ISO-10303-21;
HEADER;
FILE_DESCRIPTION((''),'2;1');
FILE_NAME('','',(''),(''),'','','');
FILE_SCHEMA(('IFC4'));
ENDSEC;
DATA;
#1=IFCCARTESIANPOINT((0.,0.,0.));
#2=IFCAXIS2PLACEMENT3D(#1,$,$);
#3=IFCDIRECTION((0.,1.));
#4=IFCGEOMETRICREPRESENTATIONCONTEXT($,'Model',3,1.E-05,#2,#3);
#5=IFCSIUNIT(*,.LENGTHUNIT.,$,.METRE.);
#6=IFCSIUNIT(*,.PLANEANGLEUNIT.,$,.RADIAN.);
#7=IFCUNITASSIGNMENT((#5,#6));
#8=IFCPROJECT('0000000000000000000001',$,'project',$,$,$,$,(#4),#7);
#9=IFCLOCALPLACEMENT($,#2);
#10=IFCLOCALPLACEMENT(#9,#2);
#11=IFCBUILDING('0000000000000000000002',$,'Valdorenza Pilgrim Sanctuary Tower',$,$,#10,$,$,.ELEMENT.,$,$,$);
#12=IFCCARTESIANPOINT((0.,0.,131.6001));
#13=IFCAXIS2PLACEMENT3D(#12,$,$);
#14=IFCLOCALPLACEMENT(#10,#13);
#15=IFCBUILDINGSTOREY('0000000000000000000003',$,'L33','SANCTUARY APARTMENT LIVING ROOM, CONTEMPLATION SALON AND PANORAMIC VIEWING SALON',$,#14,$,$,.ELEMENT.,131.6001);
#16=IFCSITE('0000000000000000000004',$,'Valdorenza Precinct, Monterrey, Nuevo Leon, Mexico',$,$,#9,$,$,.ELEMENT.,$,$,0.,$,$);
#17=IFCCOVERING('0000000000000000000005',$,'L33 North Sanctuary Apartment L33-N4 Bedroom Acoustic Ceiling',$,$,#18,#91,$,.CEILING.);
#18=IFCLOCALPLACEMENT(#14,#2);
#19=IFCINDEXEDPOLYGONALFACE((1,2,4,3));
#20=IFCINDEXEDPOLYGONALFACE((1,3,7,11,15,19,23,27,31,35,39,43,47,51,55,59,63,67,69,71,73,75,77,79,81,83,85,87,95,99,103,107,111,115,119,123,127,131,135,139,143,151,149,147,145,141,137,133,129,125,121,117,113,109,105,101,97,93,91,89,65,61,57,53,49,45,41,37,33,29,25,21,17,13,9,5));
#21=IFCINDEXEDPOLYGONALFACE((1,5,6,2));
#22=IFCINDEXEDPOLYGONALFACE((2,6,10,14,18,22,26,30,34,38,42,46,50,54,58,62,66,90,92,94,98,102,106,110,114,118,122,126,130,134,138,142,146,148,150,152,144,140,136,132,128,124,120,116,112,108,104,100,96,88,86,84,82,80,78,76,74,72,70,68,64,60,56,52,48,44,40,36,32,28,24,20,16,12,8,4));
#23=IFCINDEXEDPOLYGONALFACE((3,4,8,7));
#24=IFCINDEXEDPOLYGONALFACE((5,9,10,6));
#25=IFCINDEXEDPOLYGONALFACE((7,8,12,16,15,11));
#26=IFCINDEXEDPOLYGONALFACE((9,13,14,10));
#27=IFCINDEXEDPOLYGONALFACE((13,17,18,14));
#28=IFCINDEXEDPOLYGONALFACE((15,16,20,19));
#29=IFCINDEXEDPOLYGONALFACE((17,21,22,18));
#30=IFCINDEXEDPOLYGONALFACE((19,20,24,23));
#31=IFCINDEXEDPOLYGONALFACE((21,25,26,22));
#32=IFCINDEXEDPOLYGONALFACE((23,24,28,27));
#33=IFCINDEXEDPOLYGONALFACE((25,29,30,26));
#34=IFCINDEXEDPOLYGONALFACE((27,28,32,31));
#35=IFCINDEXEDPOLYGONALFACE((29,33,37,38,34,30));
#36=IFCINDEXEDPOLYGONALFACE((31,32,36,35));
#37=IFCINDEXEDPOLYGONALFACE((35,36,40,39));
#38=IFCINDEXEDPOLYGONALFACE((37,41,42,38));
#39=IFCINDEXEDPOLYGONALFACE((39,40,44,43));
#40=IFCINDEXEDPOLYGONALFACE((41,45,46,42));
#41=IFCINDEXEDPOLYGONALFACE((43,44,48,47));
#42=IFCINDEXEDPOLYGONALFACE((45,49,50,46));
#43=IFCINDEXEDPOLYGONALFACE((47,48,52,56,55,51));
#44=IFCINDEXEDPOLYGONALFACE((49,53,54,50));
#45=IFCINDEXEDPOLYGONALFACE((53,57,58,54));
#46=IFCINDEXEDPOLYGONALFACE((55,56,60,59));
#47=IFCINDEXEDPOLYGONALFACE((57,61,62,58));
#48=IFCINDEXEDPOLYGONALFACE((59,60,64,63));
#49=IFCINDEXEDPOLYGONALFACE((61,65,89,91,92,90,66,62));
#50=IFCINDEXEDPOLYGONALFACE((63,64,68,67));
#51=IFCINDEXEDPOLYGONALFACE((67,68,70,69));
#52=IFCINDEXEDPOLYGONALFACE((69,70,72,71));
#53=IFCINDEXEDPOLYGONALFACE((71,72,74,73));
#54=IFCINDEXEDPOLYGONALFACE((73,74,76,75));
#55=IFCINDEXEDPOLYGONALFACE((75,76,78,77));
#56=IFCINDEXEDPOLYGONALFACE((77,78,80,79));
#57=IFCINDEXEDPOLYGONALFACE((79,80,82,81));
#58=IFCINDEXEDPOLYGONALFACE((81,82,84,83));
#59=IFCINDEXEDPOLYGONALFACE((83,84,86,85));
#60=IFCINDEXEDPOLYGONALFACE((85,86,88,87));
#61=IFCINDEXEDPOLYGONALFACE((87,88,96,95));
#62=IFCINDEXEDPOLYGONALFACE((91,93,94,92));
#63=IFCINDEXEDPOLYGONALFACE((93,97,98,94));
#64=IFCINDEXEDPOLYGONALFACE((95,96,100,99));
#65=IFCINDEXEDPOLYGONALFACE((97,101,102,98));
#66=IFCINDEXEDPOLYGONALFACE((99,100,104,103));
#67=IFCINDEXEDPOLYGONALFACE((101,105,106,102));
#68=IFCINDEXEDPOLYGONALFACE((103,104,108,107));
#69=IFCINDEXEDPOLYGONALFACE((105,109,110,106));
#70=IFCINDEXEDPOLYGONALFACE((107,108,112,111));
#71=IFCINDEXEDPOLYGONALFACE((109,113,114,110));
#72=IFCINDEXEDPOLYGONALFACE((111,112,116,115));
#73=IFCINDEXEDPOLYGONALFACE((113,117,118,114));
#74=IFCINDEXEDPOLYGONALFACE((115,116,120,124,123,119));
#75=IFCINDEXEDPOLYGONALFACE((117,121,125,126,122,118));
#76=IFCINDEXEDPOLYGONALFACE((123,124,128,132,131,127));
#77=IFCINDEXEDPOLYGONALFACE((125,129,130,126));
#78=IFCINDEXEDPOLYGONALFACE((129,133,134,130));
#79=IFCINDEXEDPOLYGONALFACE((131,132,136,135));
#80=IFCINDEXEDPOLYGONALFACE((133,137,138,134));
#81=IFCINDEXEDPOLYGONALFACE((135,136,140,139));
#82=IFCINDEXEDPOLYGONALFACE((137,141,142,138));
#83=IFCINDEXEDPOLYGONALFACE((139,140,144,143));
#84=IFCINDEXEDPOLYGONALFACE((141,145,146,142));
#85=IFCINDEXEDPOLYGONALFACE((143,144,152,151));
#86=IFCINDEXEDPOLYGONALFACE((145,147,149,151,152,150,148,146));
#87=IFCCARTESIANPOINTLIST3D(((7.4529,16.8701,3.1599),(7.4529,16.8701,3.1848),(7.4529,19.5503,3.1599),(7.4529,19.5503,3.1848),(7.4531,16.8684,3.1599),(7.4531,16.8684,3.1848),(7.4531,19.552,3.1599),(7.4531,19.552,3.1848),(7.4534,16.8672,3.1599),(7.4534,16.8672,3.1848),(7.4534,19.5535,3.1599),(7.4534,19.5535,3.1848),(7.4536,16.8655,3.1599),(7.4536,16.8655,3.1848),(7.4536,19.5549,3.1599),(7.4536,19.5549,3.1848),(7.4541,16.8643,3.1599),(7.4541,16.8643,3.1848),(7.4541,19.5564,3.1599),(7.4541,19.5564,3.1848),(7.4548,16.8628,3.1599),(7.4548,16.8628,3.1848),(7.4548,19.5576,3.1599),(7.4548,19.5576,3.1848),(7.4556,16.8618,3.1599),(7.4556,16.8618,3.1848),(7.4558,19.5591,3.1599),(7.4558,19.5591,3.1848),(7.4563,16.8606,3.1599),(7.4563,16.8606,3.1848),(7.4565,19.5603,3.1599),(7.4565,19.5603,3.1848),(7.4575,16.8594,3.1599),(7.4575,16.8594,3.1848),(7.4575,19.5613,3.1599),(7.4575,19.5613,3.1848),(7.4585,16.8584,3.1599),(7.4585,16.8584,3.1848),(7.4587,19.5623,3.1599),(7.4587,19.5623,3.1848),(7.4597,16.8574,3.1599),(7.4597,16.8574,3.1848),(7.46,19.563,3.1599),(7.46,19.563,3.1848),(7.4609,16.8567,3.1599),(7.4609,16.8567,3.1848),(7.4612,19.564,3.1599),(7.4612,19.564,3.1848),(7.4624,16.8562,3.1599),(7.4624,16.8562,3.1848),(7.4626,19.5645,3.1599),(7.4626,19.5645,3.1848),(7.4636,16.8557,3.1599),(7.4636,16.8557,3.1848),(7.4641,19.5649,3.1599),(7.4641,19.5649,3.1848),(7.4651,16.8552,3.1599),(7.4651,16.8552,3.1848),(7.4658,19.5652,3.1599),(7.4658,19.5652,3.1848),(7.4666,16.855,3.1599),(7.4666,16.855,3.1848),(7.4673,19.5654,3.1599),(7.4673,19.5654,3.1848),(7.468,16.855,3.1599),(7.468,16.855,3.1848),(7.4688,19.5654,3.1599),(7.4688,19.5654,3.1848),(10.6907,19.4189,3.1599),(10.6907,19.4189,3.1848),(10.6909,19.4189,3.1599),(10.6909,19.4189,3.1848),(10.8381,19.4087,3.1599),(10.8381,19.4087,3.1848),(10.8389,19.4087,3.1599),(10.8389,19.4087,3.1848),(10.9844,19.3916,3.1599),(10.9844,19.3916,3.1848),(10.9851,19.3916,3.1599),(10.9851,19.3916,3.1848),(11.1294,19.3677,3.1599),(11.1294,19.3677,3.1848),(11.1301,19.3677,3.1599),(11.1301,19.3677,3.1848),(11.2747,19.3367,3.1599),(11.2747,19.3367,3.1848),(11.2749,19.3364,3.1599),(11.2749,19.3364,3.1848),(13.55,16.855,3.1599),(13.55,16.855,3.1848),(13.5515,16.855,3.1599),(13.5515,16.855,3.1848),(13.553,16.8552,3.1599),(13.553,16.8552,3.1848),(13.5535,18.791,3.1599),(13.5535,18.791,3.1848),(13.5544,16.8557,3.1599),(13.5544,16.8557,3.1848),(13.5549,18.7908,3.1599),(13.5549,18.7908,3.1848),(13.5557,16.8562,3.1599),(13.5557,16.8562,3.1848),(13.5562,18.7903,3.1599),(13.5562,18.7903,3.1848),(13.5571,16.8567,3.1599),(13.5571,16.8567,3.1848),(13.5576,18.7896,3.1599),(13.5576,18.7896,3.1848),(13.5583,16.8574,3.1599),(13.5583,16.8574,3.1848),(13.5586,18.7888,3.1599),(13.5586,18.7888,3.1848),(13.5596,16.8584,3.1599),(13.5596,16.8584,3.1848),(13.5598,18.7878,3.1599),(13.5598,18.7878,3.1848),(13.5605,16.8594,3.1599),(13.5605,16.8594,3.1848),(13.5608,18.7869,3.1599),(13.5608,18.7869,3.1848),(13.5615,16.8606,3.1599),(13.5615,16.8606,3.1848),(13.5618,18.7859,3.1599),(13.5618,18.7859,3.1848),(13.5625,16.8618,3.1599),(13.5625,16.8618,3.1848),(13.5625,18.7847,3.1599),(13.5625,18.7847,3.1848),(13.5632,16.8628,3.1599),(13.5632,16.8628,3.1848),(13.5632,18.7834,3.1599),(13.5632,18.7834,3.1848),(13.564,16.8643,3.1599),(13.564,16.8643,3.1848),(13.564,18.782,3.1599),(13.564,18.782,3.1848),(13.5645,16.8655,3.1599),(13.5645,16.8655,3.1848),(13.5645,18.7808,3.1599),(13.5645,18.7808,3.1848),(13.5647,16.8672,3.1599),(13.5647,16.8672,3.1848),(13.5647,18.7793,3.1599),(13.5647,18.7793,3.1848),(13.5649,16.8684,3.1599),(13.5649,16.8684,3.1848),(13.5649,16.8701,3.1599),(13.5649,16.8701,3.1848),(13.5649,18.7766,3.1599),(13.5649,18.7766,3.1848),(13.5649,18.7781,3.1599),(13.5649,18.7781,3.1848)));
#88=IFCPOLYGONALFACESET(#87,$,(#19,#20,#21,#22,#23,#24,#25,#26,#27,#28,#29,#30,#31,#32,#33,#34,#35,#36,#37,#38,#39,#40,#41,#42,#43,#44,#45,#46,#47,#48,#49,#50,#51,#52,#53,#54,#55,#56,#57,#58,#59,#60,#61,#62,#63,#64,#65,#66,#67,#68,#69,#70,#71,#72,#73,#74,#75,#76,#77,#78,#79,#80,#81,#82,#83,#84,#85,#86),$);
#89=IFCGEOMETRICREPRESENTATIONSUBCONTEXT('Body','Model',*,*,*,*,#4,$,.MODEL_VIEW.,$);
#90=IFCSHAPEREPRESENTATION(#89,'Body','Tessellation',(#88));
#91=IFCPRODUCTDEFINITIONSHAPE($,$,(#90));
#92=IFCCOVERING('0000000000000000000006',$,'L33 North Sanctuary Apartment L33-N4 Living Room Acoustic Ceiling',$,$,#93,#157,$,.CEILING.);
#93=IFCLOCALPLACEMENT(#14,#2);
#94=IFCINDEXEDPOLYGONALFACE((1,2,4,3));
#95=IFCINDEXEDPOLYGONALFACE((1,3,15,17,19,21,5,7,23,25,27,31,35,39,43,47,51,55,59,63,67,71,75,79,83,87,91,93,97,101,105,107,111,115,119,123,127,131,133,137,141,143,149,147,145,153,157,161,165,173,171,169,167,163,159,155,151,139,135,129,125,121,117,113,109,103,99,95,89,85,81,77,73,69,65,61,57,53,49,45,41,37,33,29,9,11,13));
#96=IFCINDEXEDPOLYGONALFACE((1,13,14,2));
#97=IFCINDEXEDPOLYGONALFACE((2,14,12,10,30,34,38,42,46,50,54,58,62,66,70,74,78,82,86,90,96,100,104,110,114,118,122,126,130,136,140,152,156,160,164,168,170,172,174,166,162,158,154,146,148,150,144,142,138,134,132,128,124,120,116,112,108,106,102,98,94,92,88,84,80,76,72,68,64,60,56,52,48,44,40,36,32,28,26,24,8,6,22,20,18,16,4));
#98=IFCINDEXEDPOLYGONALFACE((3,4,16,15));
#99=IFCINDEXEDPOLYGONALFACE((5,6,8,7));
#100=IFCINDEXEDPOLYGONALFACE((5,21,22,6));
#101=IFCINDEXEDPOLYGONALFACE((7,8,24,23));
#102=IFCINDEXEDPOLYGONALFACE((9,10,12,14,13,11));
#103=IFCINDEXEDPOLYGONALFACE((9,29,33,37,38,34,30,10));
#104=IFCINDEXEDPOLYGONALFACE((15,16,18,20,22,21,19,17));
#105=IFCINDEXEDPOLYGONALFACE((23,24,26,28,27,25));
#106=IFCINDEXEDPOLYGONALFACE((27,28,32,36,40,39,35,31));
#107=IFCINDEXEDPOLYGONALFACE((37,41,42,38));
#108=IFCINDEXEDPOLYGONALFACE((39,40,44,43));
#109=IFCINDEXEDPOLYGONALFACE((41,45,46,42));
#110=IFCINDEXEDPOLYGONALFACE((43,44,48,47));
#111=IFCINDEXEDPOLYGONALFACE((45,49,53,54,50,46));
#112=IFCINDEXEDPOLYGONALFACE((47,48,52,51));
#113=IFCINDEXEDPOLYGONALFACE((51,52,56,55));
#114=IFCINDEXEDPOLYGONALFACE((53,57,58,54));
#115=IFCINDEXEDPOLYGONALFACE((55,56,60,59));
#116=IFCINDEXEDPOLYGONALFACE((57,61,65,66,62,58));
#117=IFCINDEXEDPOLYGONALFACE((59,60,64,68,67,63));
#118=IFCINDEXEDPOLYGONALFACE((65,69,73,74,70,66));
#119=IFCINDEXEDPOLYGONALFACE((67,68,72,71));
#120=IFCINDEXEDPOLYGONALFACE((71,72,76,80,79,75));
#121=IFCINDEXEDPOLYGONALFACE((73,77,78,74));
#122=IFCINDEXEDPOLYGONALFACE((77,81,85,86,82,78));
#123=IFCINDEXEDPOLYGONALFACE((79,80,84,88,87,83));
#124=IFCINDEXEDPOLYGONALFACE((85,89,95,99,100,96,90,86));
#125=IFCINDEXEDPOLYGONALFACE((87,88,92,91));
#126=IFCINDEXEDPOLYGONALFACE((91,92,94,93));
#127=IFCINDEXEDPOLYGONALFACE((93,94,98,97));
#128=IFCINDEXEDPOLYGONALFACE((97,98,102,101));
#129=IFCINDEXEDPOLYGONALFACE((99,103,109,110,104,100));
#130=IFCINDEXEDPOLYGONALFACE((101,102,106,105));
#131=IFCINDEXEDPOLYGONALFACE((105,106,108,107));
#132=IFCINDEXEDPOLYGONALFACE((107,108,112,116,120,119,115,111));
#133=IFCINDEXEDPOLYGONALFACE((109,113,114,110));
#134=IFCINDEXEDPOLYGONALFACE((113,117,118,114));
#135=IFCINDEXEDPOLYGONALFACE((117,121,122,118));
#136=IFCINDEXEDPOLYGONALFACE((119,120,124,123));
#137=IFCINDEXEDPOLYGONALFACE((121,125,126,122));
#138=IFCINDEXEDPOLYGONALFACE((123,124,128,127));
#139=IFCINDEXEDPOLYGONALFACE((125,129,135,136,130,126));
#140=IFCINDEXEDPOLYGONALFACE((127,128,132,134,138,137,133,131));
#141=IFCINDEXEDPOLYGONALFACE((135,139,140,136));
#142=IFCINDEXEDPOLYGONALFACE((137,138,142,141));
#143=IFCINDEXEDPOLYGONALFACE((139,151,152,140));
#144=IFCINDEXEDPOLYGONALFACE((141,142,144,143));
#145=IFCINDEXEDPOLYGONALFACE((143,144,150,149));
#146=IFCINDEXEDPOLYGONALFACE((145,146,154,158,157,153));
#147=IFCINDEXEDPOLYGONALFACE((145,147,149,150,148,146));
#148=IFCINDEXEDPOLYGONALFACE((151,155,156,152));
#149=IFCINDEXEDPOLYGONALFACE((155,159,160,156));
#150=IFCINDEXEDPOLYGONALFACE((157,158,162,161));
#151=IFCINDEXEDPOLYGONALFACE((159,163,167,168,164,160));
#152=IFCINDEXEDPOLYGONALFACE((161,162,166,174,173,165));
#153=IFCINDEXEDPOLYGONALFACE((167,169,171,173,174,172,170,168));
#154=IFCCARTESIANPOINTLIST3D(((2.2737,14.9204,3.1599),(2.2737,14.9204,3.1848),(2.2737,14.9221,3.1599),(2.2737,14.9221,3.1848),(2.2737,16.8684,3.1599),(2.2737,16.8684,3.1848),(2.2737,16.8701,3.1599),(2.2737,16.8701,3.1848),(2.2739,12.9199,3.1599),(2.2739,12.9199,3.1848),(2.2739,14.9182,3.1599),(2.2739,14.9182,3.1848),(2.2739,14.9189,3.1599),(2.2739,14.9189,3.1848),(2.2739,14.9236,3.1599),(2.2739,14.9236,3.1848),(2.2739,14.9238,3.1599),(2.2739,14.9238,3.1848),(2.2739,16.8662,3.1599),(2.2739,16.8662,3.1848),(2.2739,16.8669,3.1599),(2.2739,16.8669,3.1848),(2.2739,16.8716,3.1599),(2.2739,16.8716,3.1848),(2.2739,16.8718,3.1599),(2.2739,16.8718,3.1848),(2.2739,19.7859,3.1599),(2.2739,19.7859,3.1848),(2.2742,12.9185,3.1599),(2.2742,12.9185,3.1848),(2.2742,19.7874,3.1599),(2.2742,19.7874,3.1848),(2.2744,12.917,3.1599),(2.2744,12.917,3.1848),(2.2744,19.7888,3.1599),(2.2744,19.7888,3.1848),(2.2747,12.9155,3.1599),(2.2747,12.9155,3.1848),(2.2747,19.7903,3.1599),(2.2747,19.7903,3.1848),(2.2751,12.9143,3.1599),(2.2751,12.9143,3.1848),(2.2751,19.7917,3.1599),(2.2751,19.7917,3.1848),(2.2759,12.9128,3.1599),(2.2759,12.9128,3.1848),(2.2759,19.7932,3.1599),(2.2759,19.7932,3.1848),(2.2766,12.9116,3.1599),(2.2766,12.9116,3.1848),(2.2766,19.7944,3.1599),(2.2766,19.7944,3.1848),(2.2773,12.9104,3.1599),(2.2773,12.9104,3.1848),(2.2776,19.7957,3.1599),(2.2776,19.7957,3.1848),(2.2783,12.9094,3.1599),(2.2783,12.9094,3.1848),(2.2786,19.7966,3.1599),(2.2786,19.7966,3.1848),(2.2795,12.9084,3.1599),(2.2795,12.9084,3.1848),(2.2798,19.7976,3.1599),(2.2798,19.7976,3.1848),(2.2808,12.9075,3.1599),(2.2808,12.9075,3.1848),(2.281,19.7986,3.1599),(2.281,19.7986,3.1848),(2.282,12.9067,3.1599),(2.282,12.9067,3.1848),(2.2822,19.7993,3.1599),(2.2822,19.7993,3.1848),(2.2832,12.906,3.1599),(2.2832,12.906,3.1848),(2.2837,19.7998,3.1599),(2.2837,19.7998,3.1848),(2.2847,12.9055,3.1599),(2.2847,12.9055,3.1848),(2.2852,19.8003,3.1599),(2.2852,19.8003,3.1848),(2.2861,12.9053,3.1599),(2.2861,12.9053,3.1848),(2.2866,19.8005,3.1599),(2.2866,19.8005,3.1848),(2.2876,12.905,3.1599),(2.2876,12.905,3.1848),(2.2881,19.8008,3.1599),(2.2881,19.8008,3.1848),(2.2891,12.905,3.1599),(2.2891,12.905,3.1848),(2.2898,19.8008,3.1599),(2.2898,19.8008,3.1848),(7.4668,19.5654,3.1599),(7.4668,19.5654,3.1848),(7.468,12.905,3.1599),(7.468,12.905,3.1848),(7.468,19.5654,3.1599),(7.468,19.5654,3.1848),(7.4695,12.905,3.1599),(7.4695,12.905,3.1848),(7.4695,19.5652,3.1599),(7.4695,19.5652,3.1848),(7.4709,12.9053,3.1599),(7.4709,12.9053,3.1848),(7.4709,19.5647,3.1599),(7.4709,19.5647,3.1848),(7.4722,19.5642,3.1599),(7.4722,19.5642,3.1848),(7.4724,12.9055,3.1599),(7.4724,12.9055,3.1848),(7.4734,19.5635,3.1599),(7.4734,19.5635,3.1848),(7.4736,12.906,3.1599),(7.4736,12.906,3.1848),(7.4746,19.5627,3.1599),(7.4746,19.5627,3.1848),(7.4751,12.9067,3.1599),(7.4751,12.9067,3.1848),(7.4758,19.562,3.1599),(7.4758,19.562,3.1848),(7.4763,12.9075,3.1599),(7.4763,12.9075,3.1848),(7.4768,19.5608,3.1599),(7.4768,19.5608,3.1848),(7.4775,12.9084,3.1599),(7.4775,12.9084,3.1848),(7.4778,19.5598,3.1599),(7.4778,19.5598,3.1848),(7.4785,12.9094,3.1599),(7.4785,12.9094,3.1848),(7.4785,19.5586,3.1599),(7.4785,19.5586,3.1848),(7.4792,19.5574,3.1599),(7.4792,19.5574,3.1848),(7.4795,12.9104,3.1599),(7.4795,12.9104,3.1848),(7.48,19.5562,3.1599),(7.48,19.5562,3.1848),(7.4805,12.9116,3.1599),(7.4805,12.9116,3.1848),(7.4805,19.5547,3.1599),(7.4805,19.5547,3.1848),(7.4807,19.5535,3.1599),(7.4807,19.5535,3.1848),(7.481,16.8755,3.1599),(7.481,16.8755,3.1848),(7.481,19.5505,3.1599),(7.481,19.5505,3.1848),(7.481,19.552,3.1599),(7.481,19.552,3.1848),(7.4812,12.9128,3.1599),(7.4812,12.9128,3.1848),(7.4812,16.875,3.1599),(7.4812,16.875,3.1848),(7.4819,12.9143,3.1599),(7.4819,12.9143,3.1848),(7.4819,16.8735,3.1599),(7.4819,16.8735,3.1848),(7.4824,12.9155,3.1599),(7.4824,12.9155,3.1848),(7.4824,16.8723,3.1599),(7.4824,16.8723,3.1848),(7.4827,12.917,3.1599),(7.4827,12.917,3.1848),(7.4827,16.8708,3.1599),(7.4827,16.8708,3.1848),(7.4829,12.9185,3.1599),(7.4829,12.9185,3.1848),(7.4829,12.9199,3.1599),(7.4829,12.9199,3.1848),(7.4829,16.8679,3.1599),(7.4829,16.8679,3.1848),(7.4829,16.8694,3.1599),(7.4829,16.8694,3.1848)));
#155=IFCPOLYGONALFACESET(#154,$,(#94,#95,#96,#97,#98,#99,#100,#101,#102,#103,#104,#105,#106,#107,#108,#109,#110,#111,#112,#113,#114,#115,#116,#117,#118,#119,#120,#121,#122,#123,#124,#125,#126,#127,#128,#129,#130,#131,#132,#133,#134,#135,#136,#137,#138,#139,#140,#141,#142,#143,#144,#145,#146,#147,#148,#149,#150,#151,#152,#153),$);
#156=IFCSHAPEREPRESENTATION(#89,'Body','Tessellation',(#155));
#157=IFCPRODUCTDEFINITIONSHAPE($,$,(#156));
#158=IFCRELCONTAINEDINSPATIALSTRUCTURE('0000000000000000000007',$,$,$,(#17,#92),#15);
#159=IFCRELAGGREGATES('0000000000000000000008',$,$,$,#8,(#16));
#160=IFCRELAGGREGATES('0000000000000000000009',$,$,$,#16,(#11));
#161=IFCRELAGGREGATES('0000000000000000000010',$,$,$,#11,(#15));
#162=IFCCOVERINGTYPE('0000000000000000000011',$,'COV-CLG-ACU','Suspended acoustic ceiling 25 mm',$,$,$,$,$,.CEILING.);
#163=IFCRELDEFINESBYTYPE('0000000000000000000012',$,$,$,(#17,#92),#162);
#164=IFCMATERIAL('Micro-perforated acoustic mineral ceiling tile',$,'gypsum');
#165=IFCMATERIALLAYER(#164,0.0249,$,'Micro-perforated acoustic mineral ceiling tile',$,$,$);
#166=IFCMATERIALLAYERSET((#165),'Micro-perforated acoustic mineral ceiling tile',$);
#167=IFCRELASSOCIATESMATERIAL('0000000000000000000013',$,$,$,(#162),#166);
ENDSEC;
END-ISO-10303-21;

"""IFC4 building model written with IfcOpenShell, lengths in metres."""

from ifc_helpers import new_model, si_unit, direction, frame, origin, place, context, subcontext, project, spatial, polyline, outline, extrude, material, layer, layer_set, type_object, element, save


model = new_model("IFC4")

# Units and contexts
model_context = context("Model", 3, precision=1e-05, world=origin(), true_north=direction((0.0, 1.0)))
body_context = subcontext(model_context, "Body", "Model", "MODEL_VIEW")
ifc_project = project(units=[si_unit("LENGTHUNIT", "METRE"), si_unit("PLANEANGLEUNIT", "RADIAN")], contexts=[model_context])

# Site, building, storey
site_placement = place(None, origin())
site = spatial("IfcSite", under=ifc_project, at=site_placement, Name="Valdorenza Precinct, Monterrey, Nuevo Leon, Mexico", CompositionType="ELEMENT", RefElevation=0.0)
building_placement = place(site_placement, origin())
building = spatial("IfcBuilding", under=site, at=building_placement, Name="Valdorenza Pilgrim Sanctuary Tower", CompositionType="ELEMENT")
storey_placement = place(building_placement, frame((0.0, 0.0, 131.6001)))
storey = spatial("IfcBuildingStorey", under=building, at=storey_placement, Name="L33", Description="SANCTUARY APARTMENT LIVING ROOM, CONTEMPLATION SALON AND PANORAMIC VIEWING SALON", CompositionType="ELEMENT", Elevation=131.6001)

# Coverings
ifc_material_1 = material(Name="Micro-perforated acoustic mineral ceiling tile", Category="gypsum")
ifc_layer_1 = layer(ifc_material_1, 0.0249, Name="Micro-perforated acoustic mineral ceiling tile")
ifc_layer_set_1 = layer_set([ifc_layer_1], Name="Micro-perforated acoustic mineral ceiling tile")
covering_type_1 = type_object("IfcCoveringType", Name="COV-CLG-ACU", Description="Suspended acoustic ceiling 25 mm", PredefinedType="CEILING", material=ifc_layer_set_1)
covering_1_placement = place(storey_placement, frame((0.0, 0.0, 3.1599)))
element("IfcCovering", 1, at=covering_1_placement, inside=storey, type_object=covering_type_1, Name="L33 North Sanctuary Apartment L33-N4 Bedroom Acoustic Ceiling", PredefinedType="CEILING", context=body_context, shape_type="SweptSolid", body=[
    extrude(outline(polyline([(7.468, 16.855), (7.4666, 16.855), (7.4651, 16.8552), (7.4636, 16.8557), (7.4624, 16.8562), (7.4609, 16.8567), (7.4597, 16.8574), (7.4585, 16.8584), (7.4575, 16.8594), (7.4563, 16.8606), (7.4556, 16.8618), (7.4548, 16.8628), (7.4541, 16.8643), (7.4536, 16.8655), (7.4534, 16.8672), (7.4531, 16.8684), (7.4529, 16.8701), (7.4529, 19.5503), (7.4531, 19.552), (7.4534, 19.5535), (7.4536, 19.5549), (7.4541, 19.5564), (7.4548, 19.5576), (7.4558, 19.5591), (7.4565, 19.5603), (7.4575, 19.5613), (7.4587, 19.5623), (7.46, 19.563), (7.4612, 19.564), (7.4626, 19.5645), (7.4641, 19.5649), (7.4658, 19.5652), (7.4673, 19.5654), (7.4688, 19.5654), (10.6907, 19.4189), (10.6909, 19.4189), (10.8381, 19.4087), (10.8389, 19.4087), (10.9844, 19.3916), (10.9851, 19.3916), (11.1294, 19.3677), (11.1301, 19.3677), (11.2747, 19.3367), (11.2749, 19.3364), (13.5535, 18.791), (13.5549, 18.7908), (13.5562, 18.7903), (13.5576, 18.7896), (13.5586, 18.7888), (13.5598, 18.7878), (13.5608, 18.7869), (13.5618, 18.7859), (13.5625, 18.7847), (13.5632, 18.7834), (13.564, 18.782), (13.5645, 18.7808), (13.5647, 18.7793), (13.5649, 18.7781), (13.5649, 18.7766), (13.5649, 16.8701), (13.5649, 16.8684), (13.5647, 16.8672), (13.5645, 16.8655), (13.564, 16.8643), (13.5632, 16.8628), (13.5625, 16.8618), (13.5615, 16.8606), (13.5605, 16.8594), (13.5596, 16.8584), (13.5583, 16.8574), (13.5571, 16.8567), (13.5557, 16.8562), (13.5544, 16.8557), (13.553, 16.8552), (13.5515, 16.855), (13.55, 16.855), (7.468, 16.855)])), origin(), (0.0, 0.0, 1.0), 0.0249),
])
covering_2_placement = place(storey_placement, frame((0.0, 0.0, 3.1599)))
element("IfcCovering", 2, at=covering_2_placement, inside=storey, type_object=covering_type_1, Name="L33 North Sanctuary Apartment L33-N4 Living Room Acoustic Ceiling", PredefinedType="CEILING", context=body_context, shape_type="SweptSolid", body=[
    extrude(outline(polyline([(2.2739, 14.9182), (2.2739, 14.9189), (2.2737, 14.9204), (2.2737, 14.9221), (2.2739, 14.9236), (2.2739, 14.9238), (2.2739, 16.8662), (2.2739, 16.8669), (2.2737, 16.8684), (2.2737, 16.8701), (2.2739, 16.8716), (2.2739, 16.8718), (2.2739, 19.7859), (2.2742, 19.7874), (2.2744, 19.7888), (2.2747, 19.7903), (2.2751, 19.7917), (2.2759, 19.7932), (2.2766, 19.7944), (2.2776, 19.7957), (2.2786, 19.7966), (2.2798, 19.7976), (2.281, 19.7986), (2.2822, 19.7993), (2.2837, 19.7998), (2.2852, 19.8003), (2.2866, 19.8005), (2.2881, 19.8008), (2.2898, 19.8008), (7.4668, 19.5654), (7.468, 19.5654), (7.4695, 19.5652), (7.4709, 19.5647), (7.4722, 19.5642), (7.4734, 19.5635), (7.4746, 19.5627), (7.4758, 19.562), (7.4768, 19.5608), (7.4778, 19.5598), (7.4785, 19.5586), (7.4792, 19.5574), (7.48, 19.5562), (7.4805, 19.5547), (7.4807, 19.5535), (7.481, 19.552), (7.481, 19.5505), (7.481, 16.8755), (7.4812, 16.875), (7.4819, 16.8735), (7.4824, 16.8723), (7.4827, 16.8708), (7.4829, 16.8694), (7.4829, 16.8679), (7.4829, 12.9199), (7.4829, 12.9185), (7.4827, 12.917), (7.4824, 12.9155), (7.4819, 12.9143), (7.4812, 12.9128), (7.4805, 12.9116), (7.4795, 12.9104), (7.4785, 12.9094), (7.4775, 12.9084), (7.4763, 12.9075), (7.4751, 12.9067), (7.4736, 12.906), (7.4724, 12.9055), (7.4709, 12.9053), (7.4695, 12.905), (7.468, 12.905), (2.2891, 12.905), (2.2876, 12.905), (2.2861, 12.9053), (2.2847, 12.9055), (2.2832, 12.906), (2.282, 12.9067), (2.2808, 12.9075), (2.2795, 12.9084), (2.2783, 12.9094), (2.2773, 12.9104), (2.2766, 12.9116), (2.2759, 12.9128), (2.2751, 12.9143), (2.2747, 12.9155), (2.2744, 12.917), (2.2742, 12.9185), (2.2739, 12.9199), (2.2739, 14.9182)])), origin(), (0.0, 0.0, 1.0), 0.0249),
])

save(model, "model.ifc")
